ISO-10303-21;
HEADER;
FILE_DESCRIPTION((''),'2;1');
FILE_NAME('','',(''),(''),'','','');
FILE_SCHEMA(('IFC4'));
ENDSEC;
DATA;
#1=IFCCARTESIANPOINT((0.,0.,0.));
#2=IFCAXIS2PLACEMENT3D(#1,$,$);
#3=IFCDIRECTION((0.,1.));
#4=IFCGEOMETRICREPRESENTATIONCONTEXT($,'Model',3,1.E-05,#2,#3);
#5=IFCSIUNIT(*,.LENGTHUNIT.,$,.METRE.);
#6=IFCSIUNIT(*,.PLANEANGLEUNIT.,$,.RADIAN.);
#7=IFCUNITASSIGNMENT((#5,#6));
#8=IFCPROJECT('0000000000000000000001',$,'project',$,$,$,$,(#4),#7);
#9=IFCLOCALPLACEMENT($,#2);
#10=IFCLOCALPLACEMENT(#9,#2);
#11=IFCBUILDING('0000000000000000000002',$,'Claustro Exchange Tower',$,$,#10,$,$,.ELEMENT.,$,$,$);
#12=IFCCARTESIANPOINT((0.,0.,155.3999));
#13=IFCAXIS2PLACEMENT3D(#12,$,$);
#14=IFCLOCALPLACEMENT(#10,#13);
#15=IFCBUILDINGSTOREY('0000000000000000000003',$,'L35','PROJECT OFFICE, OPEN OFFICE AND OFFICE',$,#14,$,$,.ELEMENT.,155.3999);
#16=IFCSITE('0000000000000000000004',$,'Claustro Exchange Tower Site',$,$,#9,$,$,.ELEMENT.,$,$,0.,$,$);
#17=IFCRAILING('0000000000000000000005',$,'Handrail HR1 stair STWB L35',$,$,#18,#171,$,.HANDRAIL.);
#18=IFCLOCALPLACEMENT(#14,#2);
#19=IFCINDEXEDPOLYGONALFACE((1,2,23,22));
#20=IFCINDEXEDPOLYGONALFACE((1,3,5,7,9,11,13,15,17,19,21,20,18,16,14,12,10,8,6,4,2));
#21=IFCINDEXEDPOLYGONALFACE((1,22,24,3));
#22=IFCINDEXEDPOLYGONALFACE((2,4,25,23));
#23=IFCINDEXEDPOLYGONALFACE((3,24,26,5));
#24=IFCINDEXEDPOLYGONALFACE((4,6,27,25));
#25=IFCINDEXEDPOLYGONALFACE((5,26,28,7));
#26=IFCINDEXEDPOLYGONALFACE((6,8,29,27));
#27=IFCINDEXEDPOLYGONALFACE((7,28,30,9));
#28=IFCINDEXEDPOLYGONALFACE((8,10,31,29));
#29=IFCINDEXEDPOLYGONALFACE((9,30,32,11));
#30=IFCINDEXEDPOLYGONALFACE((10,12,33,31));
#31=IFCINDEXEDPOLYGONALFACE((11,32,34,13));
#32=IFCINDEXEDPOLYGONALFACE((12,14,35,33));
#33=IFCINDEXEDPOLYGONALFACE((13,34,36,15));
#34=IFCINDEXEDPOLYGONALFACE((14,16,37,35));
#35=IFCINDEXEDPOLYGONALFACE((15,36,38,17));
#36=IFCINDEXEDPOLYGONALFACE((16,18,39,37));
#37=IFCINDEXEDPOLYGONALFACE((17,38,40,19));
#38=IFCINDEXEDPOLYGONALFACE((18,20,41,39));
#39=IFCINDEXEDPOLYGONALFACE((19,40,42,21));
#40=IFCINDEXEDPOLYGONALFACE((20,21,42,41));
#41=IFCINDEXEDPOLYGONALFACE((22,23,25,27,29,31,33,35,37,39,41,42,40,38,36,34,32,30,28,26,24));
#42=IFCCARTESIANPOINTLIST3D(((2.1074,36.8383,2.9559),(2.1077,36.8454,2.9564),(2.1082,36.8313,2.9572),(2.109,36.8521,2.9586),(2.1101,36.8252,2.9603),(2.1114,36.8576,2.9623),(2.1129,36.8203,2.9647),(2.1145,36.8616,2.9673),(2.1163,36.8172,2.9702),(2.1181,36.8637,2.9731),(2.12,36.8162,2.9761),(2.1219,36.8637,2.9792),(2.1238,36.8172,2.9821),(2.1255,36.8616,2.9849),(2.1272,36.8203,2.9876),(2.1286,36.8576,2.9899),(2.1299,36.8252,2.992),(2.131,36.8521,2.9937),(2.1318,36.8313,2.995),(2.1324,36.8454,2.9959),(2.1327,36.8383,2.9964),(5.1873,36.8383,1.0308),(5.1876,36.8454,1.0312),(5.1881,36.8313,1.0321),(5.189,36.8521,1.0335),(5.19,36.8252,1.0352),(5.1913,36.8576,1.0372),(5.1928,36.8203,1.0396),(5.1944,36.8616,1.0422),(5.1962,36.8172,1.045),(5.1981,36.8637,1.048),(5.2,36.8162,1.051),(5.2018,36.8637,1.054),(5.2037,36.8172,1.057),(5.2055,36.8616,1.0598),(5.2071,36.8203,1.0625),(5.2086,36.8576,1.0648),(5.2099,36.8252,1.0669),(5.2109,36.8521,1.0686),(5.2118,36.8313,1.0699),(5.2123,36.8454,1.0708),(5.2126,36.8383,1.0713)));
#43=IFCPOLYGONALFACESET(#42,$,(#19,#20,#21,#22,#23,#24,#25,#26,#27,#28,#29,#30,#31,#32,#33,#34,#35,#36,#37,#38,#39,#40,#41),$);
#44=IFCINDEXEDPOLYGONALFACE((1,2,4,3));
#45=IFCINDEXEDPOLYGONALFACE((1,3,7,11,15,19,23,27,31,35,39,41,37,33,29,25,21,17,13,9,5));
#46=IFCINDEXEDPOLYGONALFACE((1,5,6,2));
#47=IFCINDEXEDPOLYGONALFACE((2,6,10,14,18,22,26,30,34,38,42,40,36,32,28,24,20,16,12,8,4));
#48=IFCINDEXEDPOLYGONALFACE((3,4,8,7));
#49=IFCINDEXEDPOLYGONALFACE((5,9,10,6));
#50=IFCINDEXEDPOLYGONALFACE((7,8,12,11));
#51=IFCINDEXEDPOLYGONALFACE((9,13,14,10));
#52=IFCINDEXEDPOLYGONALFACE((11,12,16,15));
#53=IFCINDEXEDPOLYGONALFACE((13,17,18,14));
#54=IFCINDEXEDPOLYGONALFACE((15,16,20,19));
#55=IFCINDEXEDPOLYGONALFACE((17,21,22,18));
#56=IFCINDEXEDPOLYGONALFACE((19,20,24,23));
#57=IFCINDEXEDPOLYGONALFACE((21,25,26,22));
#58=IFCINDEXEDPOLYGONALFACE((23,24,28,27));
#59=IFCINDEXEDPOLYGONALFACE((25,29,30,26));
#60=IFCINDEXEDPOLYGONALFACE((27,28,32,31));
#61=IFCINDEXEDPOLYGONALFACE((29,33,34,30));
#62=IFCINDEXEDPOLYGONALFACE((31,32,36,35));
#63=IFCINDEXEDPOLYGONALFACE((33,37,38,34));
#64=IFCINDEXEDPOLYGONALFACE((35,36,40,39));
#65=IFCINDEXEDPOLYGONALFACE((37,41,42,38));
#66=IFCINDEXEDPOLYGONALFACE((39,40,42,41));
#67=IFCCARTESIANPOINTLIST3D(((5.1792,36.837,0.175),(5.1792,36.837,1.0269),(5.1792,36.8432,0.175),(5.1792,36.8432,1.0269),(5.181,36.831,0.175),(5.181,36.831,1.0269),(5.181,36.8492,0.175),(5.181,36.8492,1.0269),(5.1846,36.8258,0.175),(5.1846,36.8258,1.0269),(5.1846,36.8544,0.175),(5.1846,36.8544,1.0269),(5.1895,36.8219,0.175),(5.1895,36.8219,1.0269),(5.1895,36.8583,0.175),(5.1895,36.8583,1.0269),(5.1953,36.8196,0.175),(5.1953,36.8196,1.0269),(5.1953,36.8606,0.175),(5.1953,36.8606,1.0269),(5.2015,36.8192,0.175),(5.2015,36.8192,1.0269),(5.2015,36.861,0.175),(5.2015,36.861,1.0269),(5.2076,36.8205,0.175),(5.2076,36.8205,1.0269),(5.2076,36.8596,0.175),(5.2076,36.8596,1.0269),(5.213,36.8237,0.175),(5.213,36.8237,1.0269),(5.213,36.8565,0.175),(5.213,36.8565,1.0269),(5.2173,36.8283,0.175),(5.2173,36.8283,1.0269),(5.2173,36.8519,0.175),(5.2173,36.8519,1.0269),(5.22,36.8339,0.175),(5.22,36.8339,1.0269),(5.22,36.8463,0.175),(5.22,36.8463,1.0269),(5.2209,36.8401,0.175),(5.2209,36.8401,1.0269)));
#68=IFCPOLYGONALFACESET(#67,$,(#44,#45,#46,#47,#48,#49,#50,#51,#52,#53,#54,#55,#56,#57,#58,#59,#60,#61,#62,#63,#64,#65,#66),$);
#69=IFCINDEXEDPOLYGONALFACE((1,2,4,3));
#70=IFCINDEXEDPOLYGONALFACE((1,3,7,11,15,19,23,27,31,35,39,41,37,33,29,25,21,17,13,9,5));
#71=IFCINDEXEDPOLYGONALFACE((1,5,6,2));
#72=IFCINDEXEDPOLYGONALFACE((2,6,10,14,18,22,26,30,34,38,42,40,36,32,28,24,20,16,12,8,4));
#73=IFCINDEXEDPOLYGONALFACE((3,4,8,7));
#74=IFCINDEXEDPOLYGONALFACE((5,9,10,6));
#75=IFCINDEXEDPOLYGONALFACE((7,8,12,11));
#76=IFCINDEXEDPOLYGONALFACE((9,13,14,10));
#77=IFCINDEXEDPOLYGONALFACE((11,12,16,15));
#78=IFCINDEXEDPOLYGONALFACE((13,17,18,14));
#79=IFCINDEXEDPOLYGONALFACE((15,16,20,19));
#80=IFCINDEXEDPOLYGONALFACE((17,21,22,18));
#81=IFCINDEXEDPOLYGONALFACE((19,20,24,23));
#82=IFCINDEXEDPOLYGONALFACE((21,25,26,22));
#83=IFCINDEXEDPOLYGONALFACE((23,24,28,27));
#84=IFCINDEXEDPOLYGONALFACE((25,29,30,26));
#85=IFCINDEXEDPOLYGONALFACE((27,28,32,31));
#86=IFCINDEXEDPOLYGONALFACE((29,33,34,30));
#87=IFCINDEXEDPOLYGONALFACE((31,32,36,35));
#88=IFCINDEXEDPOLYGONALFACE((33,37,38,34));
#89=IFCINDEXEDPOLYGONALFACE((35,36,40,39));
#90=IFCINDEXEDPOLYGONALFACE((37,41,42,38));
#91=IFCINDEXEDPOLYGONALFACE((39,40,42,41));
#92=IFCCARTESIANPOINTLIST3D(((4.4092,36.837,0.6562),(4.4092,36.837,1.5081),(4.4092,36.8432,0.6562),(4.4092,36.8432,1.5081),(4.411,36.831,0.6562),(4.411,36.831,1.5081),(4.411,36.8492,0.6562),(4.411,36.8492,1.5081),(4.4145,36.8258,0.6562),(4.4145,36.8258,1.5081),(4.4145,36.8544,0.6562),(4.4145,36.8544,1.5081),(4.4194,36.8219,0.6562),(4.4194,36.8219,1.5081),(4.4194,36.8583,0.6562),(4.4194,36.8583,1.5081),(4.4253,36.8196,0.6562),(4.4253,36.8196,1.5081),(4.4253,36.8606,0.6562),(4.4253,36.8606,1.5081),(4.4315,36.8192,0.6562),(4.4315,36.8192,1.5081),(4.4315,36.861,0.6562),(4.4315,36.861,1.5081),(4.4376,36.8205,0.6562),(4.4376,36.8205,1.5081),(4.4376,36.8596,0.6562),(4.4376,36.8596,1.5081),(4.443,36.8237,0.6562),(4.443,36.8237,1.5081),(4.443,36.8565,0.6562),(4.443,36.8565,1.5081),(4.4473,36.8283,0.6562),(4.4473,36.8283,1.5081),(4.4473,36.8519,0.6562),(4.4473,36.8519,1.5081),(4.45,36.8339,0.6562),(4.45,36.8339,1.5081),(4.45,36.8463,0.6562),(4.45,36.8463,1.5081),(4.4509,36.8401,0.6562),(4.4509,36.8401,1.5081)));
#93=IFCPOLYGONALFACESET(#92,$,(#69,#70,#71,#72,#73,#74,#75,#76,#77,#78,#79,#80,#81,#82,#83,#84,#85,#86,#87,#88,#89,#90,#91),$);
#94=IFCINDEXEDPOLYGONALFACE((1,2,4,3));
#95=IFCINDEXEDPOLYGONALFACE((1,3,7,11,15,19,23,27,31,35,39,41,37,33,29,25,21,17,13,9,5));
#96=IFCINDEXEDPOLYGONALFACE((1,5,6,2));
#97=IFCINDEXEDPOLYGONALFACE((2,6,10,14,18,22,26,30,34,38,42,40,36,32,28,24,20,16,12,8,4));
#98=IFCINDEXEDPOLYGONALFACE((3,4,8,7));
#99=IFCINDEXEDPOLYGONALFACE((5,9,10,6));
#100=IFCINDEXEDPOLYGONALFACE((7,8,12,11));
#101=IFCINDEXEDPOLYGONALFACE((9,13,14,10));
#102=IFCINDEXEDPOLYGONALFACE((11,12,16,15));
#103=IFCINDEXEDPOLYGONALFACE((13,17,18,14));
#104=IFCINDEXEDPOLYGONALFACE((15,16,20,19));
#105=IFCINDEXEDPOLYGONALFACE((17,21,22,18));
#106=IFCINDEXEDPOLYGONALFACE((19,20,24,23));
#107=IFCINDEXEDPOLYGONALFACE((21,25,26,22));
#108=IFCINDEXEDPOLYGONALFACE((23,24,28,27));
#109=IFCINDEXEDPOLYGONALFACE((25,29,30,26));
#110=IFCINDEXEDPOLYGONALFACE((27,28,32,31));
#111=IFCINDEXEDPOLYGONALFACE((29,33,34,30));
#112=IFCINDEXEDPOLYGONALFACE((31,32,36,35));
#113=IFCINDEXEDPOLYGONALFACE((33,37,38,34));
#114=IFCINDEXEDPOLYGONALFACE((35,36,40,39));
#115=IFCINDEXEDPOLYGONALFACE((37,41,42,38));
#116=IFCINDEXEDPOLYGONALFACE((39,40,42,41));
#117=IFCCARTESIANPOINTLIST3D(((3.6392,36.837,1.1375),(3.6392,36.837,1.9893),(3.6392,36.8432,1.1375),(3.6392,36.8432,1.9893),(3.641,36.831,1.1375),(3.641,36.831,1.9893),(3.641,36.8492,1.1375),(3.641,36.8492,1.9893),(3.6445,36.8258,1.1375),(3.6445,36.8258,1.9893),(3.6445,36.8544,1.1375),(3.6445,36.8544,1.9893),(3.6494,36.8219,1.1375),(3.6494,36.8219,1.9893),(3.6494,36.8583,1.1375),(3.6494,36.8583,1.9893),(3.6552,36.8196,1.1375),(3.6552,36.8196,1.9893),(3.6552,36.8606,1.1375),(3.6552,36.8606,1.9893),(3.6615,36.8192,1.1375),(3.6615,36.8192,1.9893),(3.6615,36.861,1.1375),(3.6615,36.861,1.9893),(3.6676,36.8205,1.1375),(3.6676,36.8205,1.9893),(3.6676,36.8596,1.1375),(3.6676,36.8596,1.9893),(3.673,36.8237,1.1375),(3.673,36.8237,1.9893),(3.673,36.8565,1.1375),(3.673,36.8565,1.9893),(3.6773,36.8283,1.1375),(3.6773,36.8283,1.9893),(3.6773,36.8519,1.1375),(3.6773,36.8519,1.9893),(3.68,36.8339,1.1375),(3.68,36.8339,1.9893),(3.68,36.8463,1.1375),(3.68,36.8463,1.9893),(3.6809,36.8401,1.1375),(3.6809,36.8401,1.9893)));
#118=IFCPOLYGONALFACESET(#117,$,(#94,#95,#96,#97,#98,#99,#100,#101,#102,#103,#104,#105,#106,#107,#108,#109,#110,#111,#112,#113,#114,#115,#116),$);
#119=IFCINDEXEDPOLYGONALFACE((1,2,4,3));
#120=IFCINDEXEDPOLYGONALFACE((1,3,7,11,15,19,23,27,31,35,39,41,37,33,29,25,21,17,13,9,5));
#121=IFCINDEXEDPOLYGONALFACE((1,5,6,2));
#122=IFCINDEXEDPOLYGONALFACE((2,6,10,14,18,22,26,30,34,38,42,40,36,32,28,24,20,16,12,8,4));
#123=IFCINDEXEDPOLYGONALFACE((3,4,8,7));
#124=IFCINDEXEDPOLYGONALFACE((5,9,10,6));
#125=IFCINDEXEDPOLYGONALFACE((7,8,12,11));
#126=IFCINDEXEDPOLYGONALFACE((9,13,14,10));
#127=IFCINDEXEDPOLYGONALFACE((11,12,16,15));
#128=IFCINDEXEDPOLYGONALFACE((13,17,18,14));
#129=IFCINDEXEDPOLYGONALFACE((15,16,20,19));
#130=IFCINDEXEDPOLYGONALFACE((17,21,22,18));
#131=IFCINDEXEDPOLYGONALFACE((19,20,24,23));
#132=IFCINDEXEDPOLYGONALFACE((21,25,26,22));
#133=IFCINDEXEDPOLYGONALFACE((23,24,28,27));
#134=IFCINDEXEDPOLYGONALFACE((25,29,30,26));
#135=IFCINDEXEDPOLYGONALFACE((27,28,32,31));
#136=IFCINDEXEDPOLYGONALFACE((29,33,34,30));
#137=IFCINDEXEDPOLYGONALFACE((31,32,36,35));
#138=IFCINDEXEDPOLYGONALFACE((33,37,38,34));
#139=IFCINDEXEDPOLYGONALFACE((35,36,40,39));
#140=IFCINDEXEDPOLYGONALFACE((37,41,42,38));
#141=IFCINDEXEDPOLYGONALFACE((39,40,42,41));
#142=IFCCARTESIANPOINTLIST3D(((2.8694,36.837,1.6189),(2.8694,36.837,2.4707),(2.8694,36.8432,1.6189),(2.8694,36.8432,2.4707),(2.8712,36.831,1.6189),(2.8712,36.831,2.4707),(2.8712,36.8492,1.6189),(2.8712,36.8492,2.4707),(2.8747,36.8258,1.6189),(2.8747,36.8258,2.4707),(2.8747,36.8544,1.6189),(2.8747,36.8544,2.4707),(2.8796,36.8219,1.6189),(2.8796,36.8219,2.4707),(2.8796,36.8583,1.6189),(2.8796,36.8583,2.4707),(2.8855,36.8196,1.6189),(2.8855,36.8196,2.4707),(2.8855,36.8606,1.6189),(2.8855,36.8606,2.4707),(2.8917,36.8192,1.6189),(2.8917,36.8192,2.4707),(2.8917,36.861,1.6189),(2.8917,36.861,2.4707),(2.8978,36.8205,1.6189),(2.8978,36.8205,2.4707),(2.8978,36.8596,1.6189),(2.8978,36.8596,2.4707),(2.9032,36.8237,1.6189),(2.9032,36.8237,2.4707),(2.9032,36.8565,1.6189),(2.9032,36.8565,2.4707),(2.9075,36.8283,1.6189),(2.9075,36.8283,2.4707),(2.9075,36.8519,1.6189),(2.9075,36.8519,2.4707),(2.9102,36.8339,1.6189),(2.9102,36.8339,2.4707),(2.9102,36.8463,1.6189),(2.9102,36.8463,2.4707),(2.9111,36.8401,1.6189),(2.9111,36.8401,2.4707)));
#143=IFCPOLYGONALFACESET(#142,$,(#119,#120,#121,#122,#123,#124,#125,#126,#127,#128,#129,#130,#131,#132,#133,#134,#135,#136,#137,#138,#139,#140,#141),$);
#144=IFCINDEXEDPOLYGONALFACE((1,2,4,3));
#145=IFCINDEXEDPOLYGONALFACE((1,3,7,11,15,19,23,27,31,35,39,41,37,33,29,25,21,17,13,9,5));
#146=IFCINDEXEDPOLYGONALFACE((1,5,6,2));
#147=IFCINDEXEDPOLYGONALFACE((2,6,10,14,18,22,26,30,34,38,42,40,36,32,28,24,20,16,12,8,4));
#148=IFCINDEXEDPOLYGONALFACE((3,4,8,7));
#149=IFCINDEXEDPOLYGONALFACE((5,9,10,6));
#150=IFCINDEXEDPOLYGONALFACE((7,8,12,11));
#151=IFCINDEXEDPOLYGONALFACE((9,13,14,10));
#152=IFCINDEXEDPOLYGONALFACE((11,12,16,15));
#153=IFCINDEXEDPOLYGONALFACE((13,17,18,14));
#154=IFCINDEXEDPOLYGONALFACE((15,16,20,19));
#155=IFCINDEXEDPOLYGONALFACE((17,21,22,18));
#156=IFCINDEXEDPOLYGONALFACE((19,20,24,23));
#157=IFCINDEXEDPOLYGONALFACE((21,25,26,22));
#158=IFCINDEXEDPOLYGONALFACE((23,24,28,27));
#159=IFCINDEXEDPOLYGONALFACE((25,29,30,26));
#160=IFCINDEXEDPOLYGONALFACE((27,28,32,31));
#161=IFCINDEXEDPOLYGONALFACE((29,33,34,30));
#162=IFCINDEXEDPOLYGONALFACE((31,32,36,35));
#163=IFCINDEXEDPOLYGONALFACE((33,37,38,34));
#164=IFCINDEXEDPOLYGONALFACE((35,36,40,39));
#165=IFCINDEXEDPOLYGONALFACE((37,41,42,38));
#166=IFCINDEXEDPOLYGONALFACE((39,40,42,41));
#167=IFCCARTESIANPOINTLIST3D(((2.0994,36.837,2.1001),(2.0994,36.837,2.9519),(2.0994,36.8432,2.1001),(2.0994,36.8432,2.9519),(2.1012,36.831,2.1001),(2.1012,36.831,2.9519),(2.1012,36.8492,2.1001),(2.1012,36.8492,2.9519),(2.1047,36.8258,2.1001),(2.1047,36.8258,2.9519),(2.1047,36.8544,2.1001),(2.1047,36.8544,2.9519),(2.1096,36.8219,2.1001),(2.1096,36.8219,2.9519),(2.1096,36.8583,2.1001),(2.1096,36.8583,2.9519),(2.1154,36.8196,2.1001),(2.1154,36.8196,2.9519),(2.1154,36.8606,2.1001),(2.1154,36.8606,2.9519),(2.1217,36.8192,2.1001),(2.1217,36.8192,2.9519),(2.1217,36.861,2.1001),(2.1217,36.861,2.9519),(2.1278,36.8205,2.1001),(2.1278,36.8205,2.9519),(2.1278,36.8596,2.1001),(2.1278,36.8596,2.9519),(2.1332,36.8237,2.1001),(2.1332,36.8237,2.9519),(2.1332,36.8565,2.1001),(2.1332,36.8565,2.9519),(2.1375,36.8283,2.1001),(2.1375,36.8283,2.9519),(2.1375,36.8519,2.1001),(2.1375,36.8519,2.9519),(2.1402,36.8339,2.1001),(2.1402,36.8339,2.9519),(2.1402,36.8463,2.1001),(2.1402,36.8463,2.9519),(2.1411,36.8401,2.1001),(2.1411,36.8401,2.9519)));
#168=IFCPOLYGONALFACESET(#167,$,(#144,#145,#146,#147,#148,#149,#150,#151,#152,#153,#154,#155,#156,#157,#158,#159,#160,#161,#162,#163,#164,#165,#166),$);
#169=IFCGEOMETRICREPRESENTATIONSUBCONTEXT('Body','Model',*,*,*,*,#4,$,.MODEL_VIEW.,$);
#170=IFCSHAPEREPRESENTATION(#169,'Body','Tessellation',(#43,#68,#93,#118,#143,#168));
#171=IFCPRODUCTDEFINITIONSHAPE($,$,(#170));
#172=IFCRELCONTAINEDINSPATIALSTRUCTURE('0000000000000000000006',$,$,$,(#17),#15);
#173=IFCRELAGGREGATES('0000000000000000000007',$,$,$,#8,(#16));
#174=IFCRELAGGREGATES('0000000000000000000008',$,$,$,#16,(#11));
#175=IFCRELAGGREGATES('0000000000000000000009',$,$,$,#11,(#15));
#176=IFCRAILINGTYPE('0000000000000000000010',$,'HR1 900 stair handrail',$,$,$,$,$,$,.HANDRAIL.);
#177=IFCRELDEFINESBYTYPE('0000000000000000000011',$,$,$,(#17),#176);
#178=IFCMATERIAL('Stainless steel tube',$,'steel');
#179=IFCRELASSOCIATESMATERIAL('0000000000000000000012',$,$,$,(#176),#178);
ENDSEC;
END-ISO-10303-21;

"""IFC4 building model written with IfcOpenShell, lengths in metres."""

from ifc_helpers import new_model, si_unit, direction, frame, origin, origin_2d, place, context, subcontext, project, spatial, circle, extrude, material, type_object, element, save


model = new_model("IFC4")

# Units and contexts
model_context = context("Model", 3, precision=1e-05, world=origin(), true_north=direction((0.0, 1.0)))
body_context = subcontext(model_context, "Body", "Model", "MODEL_VIEW")
ifc_project = project(units=[si_unit("LENGTHUNIT", "METRE"), si_unit("PLANEANGLEUNIT", "RADIAN")], contexts=[model_context])

# Site, building, storey
site_placement = place(None, origin())
site = spatial("IfcSite", under=ifc_project, at=site_placement, Name="Claustro Exchange Tower Site", CompositionType="ELEMENT", RefElevation=0.0)
building_placement = place(site_placement, origin())
building = spatial("IfcBuilding", under=site, at=building_placement, Name="Claustro Exchange Tower", CompositionType="ELEMENT")
storey_placement = place(building_placement, frame((0.0, 0.0, 155.3999)))
storey = spatial("IfcBuildingStorey", under=building, at=storey_placement, Name="L35", Description="PROJECT OFFICE, OPEN OFFICE AND OFFICE", CompositionType="ELEMENT", Elevation=155.3999)

# Railing
ifc_material_1 = material(Name="Stainless steel tube", Category="steel")
railing_type_1 = type_object("IfcRailingType", Name="HR1 900 stair handrail", PredefinedType="HANDRAIL", material=ifc_material_1)
railing_1_placement = place(storey_placement, frame((5.2, 36.8401, 0.175)))
element("IfcRailing", 1, at=railing_1_placement, inside=storey, type_object=railing_type_1, Name="Handrail HR1 stair STWB L35", PredefinedType="HANDRAIL", context=body_context, shape_type="SweptSolid", body=[
    extrude(circle(Radius=0.0239, at=origin_2d()), frame((0.0, 0.0, 0.876), z_axis=(-0.847979, 0.0, 0.530029), x_axis=(0.0, -1.0, 0.0)), (0.0, 0.0, 1.0), 3.6321),
    extrude(circle(Radius=0.021, at=origin_2d()), origin(), (0.0, 0.0, 1.0), 0.8518),
    extrude(circle(Radius=0.021, at=origin_2d()), frame((-0.77, 0.0, 0.4812)), (0.0, 0.0, 1.0), 0.8518),
    extrude(circle(Radius=0.021, at=origin_2d()), frame((-1.54, 0.0, 0.9624)), (0.0, 0.0, 1.0), 0.8518),
    extrude(circle(Radius=0.021, at=origin_2d()), frame((-2.3098, 0.0, 1.4438)), (0.0, 0.0, 1.0), 0.8518),
    extrude(circle(Radius=0.021, at=origin_2d()), frame((-3.0798, 0.0, 1.925)), (0.0, 0.0, 1.0), 0.8518),
])

save(model, "model.ifc")
